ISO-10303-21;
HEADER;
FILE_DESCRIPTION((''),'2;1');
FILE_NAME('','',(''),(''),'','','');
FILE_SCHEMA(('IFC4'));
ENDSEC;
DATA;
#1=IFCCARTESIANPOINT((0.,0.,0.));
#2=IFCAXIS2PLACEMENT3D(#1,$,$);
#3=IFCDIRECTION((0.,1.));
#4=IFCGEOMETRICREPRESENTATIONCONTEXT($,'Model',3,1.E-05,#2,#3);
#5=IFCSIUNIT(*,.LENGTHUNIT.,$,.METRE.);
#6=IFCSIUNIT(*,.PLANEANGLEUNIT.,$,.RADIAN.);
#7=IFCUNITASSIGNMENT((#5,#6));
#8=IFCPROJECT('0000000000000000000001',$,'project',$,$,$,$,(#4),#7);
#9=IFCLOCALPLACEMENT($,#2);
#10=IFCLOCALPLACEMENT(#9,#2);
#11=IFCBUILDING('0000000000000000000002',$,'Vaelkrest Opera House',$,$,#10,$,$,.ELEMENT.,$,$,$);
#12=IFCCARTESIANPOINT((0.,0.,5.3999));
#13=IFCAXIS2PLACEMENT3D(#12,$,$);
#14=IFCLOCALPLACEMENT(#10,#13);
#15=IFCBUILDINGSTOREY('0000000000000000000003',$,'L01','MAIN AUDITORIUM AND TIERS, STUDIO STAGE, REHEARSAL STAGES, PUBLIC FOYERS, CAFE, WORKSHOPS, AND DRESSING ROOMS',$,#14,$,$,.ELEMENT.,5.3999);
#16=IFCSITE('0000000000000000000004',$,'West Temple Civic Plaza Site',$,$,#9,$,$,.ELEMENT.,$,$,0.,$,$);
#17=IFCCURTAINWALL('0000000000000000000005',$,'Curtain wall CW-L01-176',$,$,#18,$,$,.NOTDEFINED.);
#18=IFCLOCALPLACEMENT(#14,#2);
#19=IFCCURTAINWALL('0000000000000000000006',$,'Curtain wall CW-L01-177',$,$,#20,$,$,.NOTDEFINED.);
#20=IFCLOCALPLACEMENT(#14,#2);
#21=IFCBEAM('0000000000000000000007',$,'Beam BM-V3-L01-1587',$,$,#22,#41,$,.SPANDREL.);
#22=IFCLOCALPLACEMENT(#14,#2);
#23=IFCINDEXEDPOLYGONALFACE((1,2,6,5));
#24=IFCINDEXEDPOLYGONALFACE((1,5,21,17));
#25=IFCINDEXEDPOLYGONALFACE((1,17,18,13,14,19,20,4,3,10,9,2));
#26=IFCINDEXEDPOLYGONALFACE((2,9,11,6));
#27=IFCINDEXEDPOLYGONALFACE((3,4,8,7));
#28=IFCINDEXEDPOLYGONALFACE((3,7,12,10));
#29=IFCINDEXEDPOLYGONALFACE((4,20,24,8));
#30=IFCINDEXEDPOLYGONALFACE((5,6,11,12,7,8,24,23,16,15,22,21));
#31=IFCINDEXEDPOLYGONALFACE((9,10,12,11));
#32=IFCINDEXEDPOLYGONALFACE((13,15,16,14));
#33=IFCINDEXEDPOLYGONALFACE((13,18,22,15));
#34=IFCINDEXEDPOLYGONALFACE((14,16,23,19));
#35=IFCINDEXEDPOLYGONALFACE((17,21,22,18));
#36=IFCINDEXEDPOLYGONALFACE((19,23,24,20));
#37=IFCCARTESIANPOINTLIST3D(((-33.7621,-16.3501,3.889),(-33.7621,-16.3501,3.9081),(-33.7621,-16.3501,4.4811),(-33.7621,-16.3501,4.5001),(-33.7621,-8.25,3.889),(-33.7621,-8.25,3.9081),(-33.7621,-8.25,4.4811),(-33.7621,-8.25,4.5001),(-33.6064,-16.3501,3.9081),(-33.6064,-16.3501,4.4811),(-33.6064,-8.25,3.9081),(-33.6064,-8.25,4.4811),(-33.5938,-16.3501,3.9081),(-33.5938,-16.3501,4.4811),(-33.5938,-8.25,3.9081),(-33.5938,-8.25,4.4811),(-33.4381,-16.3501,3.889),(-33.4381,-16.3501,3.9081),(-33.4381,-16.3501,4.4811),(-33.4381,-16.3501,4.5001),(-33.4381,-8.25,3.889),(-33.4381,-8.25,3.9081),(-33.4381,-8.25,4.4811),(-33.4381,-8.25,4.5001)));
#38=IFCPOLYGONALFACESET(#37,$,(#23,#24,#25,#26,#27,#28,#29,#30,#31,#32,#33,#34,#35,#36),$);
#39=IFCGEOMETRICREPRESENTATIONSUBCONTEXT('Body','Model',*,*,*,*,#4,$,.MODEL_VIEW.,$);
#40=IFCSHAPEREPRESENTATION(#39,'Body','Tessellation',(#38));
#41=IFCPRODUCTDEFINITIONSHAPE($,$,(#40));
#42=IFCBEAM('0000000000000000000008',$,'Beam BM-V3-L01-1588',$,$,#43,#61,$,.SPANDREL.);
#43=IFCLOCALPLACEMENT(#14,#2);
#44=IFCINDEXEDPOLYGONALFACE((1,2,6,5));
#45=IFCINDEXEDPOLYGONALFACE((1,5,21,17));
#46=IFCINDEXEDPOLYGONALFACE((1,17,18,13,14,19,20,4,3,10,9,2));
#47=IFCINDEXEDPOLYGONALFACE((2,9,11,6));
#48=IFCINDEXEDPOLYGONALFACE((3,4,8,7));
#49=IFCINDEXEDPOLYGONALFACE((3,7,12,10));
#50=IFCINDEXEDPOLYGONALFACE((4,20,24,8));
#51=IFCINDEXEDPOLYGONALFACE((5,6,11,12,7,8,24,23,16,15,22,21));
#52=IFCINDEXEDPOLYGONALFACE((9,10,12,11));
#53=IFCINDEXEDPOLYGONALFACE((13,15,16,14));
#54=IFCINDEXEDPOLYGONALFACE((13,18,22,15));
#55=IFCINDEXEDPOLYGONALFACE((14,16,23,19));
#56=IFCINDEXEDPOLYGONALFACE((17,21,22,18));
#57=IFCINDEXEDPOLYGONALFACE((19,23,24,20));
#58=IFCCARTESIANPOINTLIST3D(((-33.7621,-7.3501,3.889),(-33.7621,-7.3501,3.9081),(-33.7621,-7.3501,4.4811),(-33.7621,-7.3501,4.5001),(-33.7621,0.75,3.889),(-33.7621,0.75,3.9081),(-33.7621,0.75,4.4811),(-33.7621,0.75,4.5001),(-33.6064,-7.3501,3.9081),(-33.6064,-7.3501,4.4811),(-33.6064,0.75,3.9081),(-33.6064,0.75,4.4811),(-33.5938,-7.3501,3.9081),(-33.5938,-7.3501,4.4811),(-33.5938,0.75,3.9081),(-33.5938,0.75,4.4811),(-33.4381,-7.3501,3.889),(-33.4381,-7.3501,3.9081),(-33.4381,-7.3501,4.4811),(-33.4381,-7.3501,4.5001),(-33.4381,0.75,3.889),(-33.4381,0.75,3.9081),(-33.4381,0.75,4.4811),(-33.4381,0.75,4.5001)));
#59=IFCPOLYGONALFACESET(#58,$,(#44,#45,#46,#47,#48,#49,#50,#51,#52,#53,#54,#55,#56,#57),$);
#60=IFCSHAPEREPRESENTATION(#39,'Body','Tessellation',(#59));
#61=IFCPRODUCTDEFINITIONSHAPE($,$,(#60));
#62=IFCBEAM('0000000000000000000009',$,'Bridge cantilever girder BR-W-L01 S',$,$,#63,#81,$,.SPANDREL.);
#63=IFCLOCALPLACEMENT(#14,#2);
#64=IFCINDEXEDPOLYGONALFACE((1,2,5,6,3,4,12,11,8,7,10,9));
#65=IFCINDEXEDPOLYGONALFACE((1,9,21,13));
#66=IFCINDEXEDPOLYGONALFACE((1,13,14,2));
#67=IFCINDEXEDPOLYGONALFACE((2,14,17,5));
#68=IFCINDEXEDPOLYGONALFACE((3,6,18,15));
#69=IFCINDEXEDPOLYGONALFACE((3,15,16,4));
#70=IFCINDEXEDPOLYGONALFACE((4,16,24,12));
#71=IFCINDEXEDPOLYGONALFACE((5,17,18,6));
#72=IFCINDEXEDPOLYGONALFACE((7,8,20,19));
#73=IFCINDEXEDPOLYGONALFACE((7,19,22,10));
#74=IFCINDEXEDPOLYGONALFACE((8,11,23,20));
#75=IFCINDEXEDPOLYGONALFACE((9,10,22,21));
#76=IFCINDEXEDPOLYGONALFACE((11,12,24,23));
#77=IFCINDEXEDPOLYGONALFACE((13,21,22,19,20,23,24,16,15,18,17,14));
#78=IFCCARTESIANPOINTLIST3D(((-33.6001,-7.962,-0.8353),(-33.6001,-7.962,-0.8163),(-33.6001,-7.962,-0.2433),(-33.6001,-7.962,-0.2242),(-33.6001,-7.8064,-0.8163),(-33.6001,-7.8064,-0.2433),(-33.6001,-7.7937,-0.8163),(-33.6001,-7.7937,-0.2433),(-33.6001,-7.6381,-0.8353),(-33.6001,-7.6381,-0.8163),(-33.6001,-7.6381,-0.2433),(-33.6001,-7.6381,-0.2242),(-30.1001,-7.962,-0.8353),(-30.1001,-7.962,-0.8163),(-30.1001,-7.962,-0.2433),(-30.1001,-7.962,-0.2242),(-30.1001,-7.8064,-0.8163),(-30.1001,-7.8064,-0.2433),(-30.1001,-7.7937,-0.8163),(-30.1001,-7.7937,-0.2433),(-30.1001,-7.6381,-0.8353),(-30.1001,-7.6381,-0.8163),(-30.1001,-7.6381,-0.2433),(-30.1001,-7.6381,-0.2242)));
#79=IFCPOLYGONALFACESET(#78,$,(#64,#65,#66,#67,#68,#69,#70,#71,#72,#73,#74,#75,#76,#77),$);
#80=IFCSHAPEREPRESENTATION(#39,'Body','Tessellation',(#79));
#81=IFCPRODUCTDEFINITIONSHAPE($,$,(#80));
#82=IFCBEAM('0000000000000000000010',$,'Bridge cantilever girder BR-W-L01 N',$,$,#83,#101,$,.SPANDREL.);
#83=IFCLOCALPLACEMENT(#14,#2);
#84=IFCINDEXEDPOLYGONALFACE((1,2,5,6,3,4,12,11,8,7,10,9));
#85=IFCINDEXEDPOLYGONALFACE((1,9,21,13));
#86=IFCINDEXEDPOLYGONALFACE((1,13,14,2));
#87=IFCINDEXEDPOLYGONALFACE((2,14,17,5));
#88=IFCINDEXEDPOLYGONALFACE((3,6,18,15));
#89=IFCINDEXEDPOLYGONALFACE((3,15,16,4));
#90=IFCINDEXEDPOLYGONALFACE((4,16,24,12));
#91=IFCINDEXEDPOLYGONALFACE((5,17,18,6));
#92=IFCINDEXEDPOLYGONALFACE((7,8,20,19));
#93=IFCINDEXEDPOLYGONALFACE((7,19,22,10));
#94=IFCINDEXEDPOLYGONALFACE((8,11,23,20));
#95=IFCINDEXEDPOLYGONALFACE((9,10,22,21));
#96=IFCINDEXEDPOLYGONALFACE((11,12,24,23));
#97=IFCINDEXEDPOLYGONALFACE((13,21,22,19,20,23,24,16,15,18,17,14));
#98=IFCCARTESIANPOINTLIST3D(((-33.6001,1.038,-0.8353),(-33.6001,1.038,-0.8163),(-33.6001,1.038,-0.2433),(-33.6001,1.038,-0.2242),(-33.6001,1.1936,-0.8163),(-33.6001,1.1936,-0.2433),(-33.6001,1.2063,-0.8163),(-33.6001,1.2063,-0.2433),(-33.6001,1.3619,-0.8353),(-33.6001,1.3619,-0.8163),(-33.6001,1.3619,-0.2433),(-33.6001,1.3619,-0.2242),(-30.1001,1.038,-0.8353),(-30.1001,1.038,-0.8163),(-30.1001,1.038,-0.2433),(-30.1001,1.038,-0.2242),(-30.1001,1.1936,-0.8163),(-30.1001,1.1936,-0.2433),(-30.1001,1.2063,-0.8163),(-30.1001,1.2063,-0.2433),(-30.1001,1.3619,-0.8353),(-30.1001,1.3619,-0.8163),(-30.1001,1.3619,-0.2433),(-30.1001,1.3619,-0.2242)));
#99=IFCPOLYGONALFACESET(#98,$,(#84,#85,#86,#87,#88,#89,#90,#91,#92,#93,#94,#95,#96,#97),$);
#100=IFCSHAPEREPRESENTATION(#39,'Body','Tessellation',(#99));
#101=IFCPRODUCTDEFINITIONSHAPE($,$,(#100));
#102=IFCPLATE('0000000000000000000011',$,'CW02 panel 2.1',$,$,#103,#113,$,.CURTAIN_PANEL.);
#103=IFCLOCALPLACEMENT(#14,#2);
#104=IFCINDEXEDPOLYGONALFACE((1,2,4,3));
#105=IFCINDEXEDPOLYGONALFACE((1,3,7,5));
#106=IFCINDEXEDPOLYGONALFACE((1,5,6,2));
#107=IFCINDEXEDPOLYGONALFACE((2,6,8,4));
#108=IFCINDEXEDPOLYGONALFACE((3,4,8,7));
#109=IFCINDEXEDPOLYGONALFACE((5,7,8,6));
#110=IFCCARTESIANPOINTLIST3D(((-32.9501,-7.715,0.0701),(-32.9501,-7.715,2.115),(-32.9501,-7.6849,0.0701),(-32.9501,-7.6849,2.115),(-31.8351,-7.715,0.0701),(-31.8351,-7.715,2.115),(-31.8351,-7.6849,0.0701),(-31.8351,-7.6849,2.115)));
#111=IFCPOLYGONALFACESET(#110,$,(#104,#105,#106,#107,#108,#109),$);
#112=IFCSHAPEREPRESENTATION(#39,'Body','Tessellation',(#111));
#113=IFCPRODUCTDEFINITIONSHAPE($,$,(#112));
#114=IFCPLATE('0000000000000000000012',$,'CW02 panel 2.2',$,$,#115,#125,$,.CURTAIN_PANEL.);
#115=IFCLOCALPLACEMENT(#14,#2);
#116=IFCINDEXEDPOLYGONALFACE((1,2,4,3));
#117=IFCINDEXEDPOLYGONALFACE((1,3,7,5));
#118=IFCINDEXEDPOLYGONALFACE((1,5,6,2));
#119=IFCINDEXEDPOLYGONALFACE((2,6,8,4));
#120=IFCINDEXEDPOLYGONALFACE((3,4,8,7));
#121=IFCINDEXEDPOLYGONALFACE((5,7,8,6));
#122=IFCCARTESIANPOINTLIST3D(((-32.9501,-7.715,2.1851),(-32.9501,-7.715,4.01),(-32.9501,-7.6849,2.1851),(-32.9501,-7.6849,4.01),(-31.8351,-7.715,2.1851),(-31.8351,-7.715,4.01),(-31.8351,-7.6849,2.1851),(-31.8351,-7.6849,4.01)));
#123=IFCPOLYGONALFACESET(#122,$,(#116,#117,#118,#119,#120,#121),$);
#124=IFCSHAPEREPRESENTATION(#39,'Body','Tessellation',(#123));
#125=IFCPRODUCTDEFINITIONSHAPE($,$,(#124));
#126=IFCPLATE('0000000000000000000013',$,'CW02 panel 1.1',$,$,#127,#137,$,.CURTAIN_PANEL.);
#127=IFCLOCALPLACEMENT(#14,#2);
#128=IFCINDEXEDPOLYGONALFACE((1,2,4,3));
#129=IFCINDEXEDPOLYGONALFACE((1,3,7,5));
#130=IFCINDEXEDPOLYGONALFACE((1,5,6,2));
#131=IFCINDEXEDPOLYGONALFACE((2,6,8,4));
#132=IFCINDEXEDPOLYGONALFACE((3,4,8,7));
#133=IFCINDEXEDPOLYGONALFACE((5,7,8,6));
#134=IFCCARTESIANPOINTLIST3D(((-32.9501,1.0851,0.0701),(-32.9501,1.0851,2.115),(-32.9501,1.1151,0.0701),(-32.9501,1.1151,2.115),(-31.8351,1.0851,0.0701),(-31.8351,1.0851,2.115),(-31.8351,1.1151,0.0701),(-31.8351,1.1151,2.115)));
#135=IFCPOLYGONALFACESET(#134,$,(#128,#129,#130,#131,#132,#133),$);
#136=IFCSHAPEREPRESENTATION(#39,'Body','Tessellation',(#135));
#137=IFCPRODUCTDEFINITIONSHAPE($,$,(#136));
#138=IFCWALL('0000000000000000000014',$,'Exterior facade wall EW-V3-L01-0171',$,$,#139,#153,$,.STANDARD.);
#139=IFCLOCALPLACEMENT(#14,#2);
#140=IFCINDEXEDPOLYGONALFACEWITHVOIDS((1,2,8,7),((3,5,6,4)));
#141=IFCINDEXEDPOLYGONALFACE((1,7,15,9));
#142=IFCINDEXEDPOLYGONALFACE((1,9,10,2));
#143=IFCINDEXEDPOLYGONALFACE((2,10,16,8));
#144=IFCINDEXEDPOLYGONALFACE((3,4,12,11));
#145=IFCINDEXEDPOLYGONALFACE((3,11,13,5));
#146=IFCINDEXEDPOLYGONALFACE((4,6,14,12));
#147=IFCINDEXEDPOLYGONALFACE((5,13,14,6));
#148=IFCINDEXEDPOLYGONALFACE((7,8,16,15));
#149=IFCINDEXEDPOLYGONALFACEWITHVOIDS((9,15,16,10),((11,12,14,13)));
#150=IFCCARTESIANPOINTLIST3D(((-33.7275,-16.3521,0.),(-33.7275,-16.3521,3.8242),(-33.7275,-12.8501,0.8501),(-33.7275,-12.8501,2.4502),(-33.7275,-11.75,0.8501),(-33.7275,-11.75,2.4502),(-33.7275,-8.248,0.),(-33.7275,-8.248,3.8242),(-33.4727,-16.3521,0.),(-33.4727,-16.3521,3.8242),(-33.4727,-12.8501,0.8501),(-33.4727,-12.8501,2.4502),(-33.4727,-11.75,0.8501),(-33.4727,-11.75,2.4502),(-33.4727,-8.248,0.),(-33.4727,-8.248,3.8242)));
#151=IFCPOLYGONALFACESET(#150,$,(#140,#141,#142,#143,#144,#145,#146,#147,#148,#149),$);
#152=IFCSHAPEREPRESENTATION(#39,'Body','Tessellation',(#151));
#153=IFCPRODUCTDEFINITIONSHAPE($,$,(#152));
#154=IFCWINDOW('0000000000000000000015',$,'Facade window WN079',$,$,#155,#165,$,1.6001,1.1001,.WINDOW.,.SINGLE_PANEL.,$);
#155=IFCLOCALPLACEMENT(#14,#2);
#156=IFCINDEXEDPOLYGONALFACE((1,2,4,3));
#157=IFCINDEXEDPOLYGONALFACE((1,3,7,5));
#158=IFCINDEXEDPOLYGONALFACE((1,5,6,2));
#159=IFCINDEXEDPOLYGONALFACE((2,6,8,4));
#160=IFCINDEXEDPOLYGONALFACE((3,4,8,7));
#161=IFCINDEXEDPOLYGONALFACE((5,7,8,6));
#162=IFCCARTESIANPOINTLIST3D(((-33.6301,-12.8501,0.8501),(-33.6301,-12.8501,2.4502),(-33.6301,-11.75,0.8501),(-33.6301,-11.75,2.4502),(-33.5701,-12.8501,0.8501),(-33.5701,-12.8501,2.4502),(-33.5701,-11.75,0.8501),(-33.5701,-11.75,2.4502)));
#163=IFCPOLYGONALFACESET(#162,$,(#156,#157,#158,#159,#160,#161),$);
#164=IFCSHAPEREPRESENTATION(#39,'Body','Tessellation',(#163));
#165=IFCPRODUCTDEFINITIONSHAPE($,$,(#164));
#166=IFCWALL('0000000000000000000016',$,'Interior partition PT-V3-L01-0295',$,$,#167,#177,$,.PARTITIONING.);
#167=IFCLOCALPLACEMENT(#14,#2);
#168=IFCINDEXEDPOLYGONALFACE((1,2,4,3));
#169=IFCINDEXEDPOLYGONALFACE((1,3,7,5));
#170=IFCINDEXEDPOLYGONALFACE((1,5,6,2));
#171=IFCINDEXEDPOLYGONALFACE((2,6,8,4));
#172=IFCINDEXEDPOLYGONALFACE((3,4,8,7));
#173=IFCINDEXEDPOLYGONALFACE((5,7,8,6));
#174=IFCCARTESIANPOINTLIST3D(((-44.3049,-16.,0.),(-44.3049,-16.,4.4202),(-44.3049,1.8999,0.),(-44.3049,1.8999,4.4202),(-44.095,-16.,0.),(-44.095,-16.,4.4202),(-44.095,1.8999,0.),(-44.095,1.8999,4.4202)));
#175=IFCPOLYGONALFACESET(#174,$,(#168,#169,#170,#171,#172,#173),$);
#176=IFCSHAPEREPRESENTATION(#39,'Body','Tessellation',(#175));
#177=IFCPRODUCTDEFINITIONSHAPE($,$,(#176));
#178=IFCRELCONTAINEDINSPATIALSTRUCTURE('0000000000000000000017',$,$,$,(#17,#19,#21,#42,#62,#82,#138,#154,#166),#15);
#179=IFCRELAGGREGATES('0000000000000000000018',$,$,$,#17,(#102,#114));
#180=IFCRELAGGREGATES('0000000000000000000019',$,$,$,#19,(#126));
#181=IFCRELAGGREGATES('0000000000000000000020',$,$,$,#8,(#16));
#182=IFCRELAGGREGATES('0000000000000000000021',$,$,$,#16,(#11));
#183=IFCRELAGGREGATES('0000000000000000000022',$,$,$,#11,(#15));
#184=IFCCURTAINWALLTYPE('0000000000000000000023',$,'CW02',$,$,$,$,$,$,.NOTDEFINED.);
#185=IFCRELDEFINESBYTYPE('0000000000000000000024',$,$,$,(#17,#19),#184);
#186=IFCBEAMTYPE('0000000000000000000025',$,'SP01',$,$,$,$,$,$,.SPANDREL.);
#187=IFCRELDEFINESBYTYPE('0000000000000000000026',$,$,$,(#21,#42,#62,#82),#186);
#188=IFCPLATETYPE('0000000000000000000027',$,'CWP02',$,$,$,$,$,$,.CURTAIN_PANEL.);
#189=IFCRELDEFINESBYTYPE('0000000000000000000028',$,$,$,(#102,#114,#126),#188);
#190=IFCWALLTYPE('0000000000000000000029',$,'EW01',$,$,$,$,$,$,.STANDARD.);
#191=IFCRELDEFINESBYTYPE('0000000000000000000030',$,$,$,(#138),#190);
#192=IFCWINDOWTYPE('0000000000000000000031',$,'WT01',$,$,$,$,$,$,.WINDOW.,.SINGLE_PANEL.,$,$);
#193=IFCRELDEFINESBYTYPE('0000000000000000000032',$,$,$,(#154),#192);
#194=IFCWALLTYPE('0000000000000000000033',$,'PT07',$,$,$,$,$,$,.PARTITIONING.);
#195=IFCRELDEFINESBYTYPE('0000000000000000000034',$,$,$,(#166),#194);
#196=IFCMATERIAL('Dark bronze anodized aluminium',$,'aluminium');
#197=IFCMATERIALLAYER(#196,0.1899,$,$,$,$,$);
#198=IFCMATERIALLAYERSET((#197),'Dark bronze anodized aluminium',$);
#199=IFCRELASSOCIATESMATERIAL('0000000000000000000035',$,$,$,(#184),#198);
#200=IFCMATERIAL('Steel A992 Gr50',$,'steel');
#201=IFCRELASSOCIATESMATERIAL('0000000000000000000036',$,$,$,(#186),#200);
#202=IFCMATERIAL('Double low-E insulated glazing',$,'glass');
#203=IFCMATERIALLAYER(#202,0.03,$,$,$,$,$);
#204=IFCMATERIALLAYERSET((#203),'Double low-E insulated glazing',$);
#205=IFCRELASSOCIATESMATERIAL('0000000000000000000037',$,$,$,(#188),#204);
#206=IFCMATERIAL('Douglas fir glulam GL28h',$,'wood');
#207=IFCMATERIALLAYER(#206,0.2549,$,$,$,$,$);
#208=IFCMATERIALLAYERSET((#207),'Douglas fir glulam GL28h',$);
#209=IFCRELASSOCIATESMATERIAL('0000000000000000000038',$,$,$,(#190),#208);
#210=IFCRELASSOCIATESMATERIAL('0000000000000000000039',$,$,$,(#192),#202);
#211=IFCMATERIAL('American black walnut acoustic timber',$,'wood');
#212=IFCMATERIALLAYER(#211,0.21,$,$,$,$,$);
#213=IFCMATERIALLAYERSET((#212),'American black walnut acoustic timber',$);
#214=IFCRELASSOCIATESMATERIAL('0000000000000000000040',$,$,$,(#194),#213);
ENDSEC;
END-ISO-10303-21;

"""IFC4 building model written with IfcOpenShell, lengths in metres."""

from ifc_helpers import new_model, si_unit, direction, frame, frame_2d, origin, origin_2d, place, context, subcontext, project, spatial, rectangle, i_section, extrude, material, layer, layer_set, material_profile, profile_set, type_object, element, fill, aggregate, save


model = new_model("IFC4")

# Units and contexts
model_context = context("Model", 3, precision=1e-05, world=origin(), true_north=direction((0.0, 1.0)))
body_context = subcontext(model_context, "Body", "Model", "MODEL_VIEW")
ifc_project = project(units=[si_unit("LENGTHUNIT", "METRE"), si_unit("PLANEANGLEUNIT", "RADIAN")], contexts=[model_context])

# Site, building, storey
site_placement = place(None, origin())
site = spatial("IfcSite", under=ifc_project, at=site_placement, Name="West Temple Civic Plaza Site", CompositionType="ELEMENT", RefElevation=0.0)
building_placement = place(site_placement, origin())
building = spatial("IfcBuilding", under=site, at=building_placement, Name="Vaelkrest Opera House", CompositionType="ELEMENT")
storey_placement = place(building_placement, frame((0.0, 0.0, 5.3999)))
storey = spatial("IfcBuildingStorey", under=building, at=storey_placement, Name="L01", Description="MAIN AUDITORIUM AND TIERS, STUDIO STAGE, REHEARSAL STAGES, PUBLIC FOYERS, CAFE, WORKSHOPS, AND DRESSING ROOMS", CompositionType="ELEMENT", Elevation=5.3999)

# Shared definitions
ifc_material_1 = material(Name="Steel A992 Gr50", Category="steel")

# Curtain wall
ifc_material_2 = material(Name="Dark bronze anodized aluminium", Category="aluminium")
ifc_layer_1 = layer(ifc_material_2, 0.1899)
ifc_layer_set_1 = layer_set([ifc_layer_1], Name="Dark bronze anodized aluminium")
curtain_wall_type = type_object("IfcCurtainWallType", Name="CW02", PredefinedType="NOTDEFINED", material=ifc_layer_set_1)
curtain_wall_1_placement = place(storey_placement, origin())
curtain_wall_1 = element("IfcCurtainWall", 1, at=curtain_wall_1_placement, inside=storey, type_object=curtain_wall_type, Name="Curtain wall CW-L01-176", PredefinedType="NOTDEFINED")

# Curtain wall
curtain_wall_2_placement = place(storey_placement, origin())
curtain_wall_2 = element("IfcCurtainWall", 2, at=curtain_wall_2_placement, inside=storey, type_object=curtain_wall_type, Name="Curtain wall CW-L01-177", PredefinedType="NOTDEFINED")

# Beams
ifc_material_profile_1 = material_profile(ifc_material_1, i_section(OverallWidth=0.324, OverallDepth=0.6111, WebThickness=0.0127, FlangeThickness=0.019, at=origin_2d()), Name="W24X104")
ifc_profile_set_1 = profile_set([ifc_material_profile_1], Name="Steel A992 Gr50")
beam_type_1 = type_object("IfcBeamType", Name="SP01", PredefinedType="SPANDREL", material=ifc_profile_set_1)
for number, where, z_axis, x_axis, name in (
    (3, (-33.6001, -16.3501, 4.1946), (0.0, 1.0, 0.0), (-1.0, 0.0, 0.0), "Beam BM-V3-L01-1587"),
    (4, (-33.6001, -7.3501, 4.1946), (0.0, 1.0, 0.0), (-1.0, 0.0, 0.0), "Beam BM-V3-L01-1588"),
):
    element("IfcBeam", number, at=place(storey_placement, frame(where, z_axis=z_axis, x_axis=x_axis)), inside=storey, type_object=beam_type_1, Name=name, PredefinedType="SPANDREL", context=body_context, shape_type="SweptSolid", body=[
        extrude(i_section(OverallWidth=0.324, OverallDepth=0.6111, WebThickness=0.0127, FlangeThickness=0.019, at=origin_2d()), origin(), (0.0, 0.0, 1.0), 8.1001),
    ])
for number, where, z_axis, x_axis, name in (
    (5, (-33.6001, -7.8, -0.5298), (1.0, 0.0, 0.0), (0.0, 1.0, 0.0), "Bridge cantilever girder BR-W-L01 S"),
    (6, (-33.6001, 1.2, -0.5298), (1.0, 0.0, 0.0), (0.0, 1.0, 0.0), "Bridge cantilever girder BR-W-L01 N"),
):
    element("IfcBeam", number, at=place(storey_placement, frame(where, z_axis=z_axis, x_axis=x_axis)), inside=storey, type_object=beam_type_1, Name=name, PredefinedType="SPANDREL", context=body_context, shape_type="SweptSolid", body=[
        extrude(i_section(OverallWidth=0.324, OverallDepth=0.6111, WebThickness=0.0127, FlangeThickness=0.019, at=origin_2d()), origin(), (0.0, 0.0, 1.0), 3.5),
    ])

# Plates
ifc_material_3 = material(Name="Double low-E insulated glazing", Category="glass")
ifc_layer_2 = layer(ifc_material_3, 0.03)
ifc_layer_set_2 = layer_set([ifc_layer_2], Name="Double low-E insulated glazing")
plate_type = type_object("IfcPlateType", Name="CWP02", PredefinedType="CURTAIN_PANEL", material=ifc_layer_set_2)
plate_1_placement = place(storey_placement, frame((-32.3926, -7.7, 0.0701), z_axis=(0.0, 0.0, 1.0), x_axis=(-1.0, 0.0, 0.0)))
plate_1 = element("IfcPlate", 7, at=plate_1_placement, type_object=plate_type, Name="CW02 panel 2.1", PredefinedType="CURTAIN_PANEL", context=body_context, shape_type="SweptSolid", body=[
    extrude(rectangle(XDim=1.115, YDim=0.03, at=origin_2d()), origin(), (0.0, 0.0, 1.0), 2.0449),
])
plate_2_placement = place(storey_placement, frame((-32.3926, -7.7, 2.1851), z_axis=(0.0, 0.0, 1.0), x_axis=(-1.0, 0.0, 0.0)))
plate_2 = element("IfcPlate", 8, at=plate_2_placement, type_object=plate_type, Name="CW02 panel 2.2", PredefinedType="CURTAIN_PANEL", context=body_context, shape_type="SweptSolid", body=[
    extrude(rectangle(XDim=1.115, YDim=0.03, at=origin_2d()), origin(), (0.0, 0.0, 1.0), 1.825),
])
aggregate(curtain_wall_1, [plate_1, plate_2])
plate_3_placement = place(storey_placement, frame((-32.3926, 1.1001, 0.0701), z_axis=(0.0, 0.0, 1.0), x_axis=(1.0, 0.0, 0.0)))
plate_3 = element("IfcPlate", 9, at=plate_3_placement, type_object=plate_type, Name="CW02 panel 1.1", PredefinedType="CURTAIN_PANEL", context=body_context, shape_type="SweptSolid", body=[
    extrude(rectangle(XDim=1.115, YDim=0.03, at=origin_2d()), origin(), (0.0, 0.0, 1.0), 2.0449),
])
aggregate(curtain_wall_2, [plate_3])

# Wall, opening, window
ifc_material_4 = material(Name="Douglas fir glulam GL28h", Category="wood")
ifc_layer_3 = layer(ifc_material_4, 0.2549)
ifc_layer_set_3 = layer_set([ifc_layer_3], Name="Douglas fir glulam GL28h")
wall_type_1 = type_object("IfcWallType", Name="EW01", PredefinedType="STANDARD", material=ifc_layer_set_3)
wall_1_placement = place(storey_placement, frame((-33.6001, -8.248, 0.0), z_axis=(0.0, 0.0, 1.0), x_axis=(0.0, -1.0, 0.0)))
wall_1 = element("IfcWall", 10, at=wall_1_placement, inside=storey, type_object=wall_type_1, Name="Exterior facade wall EW-V3-L01-0171", PredefinedType="STANDARD", context=body_context, shape_type="SweptSolid", body=[
    extrude(rectangle(XDim=8.104, YDim=0.2549, at=frame_2d((4.052, 0.0))), origin(), (0.0, 0.0, 1.0), 3.8242),
])
opening_placement = place(wall_1_placement, frame((3.502, 0.0, 0.8501)))
opening = element("IfcOpeningElement", 11, at=opening_placement, cuts=wall_1, PredefinedType="OPENING", context=body_context, shape_type="SweptSolid", body=[
    extrude(rectangle(XDim=1.1001, YDim=1.6001, at=frame_2d((0.55, 0.8))), frame((0.0, 0.1375, 0.0), z_axis=(0.0, -1.0, 0.0), x_axis=(1.0, 0.0, 0.0)), (0.0, 0.0, 1.0), 0.2749),
])
window_type = type_object("IfcWindowType", Name="WT01", PartitioningType="SINGLE_PANEL", PredefinedType="WINDOW", material=ifc_material_3)
window_placement = place(opening_placement, origin())
window = element("IfcWindow", 12, at=window_placement, inside=storey, type_object=window_type, Name="Facade window WN079", OverallHeight=1.6001, OverallWidth=1.1001, PartitioningType="SINGLE_PANEL", PredefinedType="WINDOW", context=body_context, shape_type="SweptSolid", body=[
    extrude(rectangle(XDim=1.1001, YDim=1.6001, at=frame_2d((0.55, 0.8))), frame((0.0, 0.03, 0.0), z_axis=(0.0, -1.0, 0.0), x_axis=(1.0, 0.0, 0.0)), (0.0, 0.0, 1.0), 0.0601),
])
fill(opening, window)

# Wall
ifc_material_5 = material(Name="American black walnut acoustic timber", Category="wood")
ifc_layer_4 = layer(ifc_material_5, 0.21)
ifc_layer_set_4 = layer_set([ifc_layer_4], Name="American black walnut acoustic timber")
wall_type_2 = type_object("IfcWallType", Name="PT07", PredefinedType="PARTITIONING", material=ifc_layer_set_4)
wall_2_placement = place(storey_placement, frame((-44.2, -16.0, 0.0), z_axis=(0.0, 0.0, 1.0), x_axis=(0.0, 1.0, 0.0)))
element("IfcWall", 13, at=wall_2_placement, inside=storey, type_object=wall_type_2, Name="Interior partition PT-V3-L01-0295", PredefinedType="PARTITIONING", context=body_context, shape_type="SweptSolid", body=[
    extrude(rectangle(XDim=17.8999, YDim=0.21, at=frame_2d((8.95, 0.0))), origin(), (0.0, 0.0, 1.0), 4.4202),
])

save(model, "model.ifc")
